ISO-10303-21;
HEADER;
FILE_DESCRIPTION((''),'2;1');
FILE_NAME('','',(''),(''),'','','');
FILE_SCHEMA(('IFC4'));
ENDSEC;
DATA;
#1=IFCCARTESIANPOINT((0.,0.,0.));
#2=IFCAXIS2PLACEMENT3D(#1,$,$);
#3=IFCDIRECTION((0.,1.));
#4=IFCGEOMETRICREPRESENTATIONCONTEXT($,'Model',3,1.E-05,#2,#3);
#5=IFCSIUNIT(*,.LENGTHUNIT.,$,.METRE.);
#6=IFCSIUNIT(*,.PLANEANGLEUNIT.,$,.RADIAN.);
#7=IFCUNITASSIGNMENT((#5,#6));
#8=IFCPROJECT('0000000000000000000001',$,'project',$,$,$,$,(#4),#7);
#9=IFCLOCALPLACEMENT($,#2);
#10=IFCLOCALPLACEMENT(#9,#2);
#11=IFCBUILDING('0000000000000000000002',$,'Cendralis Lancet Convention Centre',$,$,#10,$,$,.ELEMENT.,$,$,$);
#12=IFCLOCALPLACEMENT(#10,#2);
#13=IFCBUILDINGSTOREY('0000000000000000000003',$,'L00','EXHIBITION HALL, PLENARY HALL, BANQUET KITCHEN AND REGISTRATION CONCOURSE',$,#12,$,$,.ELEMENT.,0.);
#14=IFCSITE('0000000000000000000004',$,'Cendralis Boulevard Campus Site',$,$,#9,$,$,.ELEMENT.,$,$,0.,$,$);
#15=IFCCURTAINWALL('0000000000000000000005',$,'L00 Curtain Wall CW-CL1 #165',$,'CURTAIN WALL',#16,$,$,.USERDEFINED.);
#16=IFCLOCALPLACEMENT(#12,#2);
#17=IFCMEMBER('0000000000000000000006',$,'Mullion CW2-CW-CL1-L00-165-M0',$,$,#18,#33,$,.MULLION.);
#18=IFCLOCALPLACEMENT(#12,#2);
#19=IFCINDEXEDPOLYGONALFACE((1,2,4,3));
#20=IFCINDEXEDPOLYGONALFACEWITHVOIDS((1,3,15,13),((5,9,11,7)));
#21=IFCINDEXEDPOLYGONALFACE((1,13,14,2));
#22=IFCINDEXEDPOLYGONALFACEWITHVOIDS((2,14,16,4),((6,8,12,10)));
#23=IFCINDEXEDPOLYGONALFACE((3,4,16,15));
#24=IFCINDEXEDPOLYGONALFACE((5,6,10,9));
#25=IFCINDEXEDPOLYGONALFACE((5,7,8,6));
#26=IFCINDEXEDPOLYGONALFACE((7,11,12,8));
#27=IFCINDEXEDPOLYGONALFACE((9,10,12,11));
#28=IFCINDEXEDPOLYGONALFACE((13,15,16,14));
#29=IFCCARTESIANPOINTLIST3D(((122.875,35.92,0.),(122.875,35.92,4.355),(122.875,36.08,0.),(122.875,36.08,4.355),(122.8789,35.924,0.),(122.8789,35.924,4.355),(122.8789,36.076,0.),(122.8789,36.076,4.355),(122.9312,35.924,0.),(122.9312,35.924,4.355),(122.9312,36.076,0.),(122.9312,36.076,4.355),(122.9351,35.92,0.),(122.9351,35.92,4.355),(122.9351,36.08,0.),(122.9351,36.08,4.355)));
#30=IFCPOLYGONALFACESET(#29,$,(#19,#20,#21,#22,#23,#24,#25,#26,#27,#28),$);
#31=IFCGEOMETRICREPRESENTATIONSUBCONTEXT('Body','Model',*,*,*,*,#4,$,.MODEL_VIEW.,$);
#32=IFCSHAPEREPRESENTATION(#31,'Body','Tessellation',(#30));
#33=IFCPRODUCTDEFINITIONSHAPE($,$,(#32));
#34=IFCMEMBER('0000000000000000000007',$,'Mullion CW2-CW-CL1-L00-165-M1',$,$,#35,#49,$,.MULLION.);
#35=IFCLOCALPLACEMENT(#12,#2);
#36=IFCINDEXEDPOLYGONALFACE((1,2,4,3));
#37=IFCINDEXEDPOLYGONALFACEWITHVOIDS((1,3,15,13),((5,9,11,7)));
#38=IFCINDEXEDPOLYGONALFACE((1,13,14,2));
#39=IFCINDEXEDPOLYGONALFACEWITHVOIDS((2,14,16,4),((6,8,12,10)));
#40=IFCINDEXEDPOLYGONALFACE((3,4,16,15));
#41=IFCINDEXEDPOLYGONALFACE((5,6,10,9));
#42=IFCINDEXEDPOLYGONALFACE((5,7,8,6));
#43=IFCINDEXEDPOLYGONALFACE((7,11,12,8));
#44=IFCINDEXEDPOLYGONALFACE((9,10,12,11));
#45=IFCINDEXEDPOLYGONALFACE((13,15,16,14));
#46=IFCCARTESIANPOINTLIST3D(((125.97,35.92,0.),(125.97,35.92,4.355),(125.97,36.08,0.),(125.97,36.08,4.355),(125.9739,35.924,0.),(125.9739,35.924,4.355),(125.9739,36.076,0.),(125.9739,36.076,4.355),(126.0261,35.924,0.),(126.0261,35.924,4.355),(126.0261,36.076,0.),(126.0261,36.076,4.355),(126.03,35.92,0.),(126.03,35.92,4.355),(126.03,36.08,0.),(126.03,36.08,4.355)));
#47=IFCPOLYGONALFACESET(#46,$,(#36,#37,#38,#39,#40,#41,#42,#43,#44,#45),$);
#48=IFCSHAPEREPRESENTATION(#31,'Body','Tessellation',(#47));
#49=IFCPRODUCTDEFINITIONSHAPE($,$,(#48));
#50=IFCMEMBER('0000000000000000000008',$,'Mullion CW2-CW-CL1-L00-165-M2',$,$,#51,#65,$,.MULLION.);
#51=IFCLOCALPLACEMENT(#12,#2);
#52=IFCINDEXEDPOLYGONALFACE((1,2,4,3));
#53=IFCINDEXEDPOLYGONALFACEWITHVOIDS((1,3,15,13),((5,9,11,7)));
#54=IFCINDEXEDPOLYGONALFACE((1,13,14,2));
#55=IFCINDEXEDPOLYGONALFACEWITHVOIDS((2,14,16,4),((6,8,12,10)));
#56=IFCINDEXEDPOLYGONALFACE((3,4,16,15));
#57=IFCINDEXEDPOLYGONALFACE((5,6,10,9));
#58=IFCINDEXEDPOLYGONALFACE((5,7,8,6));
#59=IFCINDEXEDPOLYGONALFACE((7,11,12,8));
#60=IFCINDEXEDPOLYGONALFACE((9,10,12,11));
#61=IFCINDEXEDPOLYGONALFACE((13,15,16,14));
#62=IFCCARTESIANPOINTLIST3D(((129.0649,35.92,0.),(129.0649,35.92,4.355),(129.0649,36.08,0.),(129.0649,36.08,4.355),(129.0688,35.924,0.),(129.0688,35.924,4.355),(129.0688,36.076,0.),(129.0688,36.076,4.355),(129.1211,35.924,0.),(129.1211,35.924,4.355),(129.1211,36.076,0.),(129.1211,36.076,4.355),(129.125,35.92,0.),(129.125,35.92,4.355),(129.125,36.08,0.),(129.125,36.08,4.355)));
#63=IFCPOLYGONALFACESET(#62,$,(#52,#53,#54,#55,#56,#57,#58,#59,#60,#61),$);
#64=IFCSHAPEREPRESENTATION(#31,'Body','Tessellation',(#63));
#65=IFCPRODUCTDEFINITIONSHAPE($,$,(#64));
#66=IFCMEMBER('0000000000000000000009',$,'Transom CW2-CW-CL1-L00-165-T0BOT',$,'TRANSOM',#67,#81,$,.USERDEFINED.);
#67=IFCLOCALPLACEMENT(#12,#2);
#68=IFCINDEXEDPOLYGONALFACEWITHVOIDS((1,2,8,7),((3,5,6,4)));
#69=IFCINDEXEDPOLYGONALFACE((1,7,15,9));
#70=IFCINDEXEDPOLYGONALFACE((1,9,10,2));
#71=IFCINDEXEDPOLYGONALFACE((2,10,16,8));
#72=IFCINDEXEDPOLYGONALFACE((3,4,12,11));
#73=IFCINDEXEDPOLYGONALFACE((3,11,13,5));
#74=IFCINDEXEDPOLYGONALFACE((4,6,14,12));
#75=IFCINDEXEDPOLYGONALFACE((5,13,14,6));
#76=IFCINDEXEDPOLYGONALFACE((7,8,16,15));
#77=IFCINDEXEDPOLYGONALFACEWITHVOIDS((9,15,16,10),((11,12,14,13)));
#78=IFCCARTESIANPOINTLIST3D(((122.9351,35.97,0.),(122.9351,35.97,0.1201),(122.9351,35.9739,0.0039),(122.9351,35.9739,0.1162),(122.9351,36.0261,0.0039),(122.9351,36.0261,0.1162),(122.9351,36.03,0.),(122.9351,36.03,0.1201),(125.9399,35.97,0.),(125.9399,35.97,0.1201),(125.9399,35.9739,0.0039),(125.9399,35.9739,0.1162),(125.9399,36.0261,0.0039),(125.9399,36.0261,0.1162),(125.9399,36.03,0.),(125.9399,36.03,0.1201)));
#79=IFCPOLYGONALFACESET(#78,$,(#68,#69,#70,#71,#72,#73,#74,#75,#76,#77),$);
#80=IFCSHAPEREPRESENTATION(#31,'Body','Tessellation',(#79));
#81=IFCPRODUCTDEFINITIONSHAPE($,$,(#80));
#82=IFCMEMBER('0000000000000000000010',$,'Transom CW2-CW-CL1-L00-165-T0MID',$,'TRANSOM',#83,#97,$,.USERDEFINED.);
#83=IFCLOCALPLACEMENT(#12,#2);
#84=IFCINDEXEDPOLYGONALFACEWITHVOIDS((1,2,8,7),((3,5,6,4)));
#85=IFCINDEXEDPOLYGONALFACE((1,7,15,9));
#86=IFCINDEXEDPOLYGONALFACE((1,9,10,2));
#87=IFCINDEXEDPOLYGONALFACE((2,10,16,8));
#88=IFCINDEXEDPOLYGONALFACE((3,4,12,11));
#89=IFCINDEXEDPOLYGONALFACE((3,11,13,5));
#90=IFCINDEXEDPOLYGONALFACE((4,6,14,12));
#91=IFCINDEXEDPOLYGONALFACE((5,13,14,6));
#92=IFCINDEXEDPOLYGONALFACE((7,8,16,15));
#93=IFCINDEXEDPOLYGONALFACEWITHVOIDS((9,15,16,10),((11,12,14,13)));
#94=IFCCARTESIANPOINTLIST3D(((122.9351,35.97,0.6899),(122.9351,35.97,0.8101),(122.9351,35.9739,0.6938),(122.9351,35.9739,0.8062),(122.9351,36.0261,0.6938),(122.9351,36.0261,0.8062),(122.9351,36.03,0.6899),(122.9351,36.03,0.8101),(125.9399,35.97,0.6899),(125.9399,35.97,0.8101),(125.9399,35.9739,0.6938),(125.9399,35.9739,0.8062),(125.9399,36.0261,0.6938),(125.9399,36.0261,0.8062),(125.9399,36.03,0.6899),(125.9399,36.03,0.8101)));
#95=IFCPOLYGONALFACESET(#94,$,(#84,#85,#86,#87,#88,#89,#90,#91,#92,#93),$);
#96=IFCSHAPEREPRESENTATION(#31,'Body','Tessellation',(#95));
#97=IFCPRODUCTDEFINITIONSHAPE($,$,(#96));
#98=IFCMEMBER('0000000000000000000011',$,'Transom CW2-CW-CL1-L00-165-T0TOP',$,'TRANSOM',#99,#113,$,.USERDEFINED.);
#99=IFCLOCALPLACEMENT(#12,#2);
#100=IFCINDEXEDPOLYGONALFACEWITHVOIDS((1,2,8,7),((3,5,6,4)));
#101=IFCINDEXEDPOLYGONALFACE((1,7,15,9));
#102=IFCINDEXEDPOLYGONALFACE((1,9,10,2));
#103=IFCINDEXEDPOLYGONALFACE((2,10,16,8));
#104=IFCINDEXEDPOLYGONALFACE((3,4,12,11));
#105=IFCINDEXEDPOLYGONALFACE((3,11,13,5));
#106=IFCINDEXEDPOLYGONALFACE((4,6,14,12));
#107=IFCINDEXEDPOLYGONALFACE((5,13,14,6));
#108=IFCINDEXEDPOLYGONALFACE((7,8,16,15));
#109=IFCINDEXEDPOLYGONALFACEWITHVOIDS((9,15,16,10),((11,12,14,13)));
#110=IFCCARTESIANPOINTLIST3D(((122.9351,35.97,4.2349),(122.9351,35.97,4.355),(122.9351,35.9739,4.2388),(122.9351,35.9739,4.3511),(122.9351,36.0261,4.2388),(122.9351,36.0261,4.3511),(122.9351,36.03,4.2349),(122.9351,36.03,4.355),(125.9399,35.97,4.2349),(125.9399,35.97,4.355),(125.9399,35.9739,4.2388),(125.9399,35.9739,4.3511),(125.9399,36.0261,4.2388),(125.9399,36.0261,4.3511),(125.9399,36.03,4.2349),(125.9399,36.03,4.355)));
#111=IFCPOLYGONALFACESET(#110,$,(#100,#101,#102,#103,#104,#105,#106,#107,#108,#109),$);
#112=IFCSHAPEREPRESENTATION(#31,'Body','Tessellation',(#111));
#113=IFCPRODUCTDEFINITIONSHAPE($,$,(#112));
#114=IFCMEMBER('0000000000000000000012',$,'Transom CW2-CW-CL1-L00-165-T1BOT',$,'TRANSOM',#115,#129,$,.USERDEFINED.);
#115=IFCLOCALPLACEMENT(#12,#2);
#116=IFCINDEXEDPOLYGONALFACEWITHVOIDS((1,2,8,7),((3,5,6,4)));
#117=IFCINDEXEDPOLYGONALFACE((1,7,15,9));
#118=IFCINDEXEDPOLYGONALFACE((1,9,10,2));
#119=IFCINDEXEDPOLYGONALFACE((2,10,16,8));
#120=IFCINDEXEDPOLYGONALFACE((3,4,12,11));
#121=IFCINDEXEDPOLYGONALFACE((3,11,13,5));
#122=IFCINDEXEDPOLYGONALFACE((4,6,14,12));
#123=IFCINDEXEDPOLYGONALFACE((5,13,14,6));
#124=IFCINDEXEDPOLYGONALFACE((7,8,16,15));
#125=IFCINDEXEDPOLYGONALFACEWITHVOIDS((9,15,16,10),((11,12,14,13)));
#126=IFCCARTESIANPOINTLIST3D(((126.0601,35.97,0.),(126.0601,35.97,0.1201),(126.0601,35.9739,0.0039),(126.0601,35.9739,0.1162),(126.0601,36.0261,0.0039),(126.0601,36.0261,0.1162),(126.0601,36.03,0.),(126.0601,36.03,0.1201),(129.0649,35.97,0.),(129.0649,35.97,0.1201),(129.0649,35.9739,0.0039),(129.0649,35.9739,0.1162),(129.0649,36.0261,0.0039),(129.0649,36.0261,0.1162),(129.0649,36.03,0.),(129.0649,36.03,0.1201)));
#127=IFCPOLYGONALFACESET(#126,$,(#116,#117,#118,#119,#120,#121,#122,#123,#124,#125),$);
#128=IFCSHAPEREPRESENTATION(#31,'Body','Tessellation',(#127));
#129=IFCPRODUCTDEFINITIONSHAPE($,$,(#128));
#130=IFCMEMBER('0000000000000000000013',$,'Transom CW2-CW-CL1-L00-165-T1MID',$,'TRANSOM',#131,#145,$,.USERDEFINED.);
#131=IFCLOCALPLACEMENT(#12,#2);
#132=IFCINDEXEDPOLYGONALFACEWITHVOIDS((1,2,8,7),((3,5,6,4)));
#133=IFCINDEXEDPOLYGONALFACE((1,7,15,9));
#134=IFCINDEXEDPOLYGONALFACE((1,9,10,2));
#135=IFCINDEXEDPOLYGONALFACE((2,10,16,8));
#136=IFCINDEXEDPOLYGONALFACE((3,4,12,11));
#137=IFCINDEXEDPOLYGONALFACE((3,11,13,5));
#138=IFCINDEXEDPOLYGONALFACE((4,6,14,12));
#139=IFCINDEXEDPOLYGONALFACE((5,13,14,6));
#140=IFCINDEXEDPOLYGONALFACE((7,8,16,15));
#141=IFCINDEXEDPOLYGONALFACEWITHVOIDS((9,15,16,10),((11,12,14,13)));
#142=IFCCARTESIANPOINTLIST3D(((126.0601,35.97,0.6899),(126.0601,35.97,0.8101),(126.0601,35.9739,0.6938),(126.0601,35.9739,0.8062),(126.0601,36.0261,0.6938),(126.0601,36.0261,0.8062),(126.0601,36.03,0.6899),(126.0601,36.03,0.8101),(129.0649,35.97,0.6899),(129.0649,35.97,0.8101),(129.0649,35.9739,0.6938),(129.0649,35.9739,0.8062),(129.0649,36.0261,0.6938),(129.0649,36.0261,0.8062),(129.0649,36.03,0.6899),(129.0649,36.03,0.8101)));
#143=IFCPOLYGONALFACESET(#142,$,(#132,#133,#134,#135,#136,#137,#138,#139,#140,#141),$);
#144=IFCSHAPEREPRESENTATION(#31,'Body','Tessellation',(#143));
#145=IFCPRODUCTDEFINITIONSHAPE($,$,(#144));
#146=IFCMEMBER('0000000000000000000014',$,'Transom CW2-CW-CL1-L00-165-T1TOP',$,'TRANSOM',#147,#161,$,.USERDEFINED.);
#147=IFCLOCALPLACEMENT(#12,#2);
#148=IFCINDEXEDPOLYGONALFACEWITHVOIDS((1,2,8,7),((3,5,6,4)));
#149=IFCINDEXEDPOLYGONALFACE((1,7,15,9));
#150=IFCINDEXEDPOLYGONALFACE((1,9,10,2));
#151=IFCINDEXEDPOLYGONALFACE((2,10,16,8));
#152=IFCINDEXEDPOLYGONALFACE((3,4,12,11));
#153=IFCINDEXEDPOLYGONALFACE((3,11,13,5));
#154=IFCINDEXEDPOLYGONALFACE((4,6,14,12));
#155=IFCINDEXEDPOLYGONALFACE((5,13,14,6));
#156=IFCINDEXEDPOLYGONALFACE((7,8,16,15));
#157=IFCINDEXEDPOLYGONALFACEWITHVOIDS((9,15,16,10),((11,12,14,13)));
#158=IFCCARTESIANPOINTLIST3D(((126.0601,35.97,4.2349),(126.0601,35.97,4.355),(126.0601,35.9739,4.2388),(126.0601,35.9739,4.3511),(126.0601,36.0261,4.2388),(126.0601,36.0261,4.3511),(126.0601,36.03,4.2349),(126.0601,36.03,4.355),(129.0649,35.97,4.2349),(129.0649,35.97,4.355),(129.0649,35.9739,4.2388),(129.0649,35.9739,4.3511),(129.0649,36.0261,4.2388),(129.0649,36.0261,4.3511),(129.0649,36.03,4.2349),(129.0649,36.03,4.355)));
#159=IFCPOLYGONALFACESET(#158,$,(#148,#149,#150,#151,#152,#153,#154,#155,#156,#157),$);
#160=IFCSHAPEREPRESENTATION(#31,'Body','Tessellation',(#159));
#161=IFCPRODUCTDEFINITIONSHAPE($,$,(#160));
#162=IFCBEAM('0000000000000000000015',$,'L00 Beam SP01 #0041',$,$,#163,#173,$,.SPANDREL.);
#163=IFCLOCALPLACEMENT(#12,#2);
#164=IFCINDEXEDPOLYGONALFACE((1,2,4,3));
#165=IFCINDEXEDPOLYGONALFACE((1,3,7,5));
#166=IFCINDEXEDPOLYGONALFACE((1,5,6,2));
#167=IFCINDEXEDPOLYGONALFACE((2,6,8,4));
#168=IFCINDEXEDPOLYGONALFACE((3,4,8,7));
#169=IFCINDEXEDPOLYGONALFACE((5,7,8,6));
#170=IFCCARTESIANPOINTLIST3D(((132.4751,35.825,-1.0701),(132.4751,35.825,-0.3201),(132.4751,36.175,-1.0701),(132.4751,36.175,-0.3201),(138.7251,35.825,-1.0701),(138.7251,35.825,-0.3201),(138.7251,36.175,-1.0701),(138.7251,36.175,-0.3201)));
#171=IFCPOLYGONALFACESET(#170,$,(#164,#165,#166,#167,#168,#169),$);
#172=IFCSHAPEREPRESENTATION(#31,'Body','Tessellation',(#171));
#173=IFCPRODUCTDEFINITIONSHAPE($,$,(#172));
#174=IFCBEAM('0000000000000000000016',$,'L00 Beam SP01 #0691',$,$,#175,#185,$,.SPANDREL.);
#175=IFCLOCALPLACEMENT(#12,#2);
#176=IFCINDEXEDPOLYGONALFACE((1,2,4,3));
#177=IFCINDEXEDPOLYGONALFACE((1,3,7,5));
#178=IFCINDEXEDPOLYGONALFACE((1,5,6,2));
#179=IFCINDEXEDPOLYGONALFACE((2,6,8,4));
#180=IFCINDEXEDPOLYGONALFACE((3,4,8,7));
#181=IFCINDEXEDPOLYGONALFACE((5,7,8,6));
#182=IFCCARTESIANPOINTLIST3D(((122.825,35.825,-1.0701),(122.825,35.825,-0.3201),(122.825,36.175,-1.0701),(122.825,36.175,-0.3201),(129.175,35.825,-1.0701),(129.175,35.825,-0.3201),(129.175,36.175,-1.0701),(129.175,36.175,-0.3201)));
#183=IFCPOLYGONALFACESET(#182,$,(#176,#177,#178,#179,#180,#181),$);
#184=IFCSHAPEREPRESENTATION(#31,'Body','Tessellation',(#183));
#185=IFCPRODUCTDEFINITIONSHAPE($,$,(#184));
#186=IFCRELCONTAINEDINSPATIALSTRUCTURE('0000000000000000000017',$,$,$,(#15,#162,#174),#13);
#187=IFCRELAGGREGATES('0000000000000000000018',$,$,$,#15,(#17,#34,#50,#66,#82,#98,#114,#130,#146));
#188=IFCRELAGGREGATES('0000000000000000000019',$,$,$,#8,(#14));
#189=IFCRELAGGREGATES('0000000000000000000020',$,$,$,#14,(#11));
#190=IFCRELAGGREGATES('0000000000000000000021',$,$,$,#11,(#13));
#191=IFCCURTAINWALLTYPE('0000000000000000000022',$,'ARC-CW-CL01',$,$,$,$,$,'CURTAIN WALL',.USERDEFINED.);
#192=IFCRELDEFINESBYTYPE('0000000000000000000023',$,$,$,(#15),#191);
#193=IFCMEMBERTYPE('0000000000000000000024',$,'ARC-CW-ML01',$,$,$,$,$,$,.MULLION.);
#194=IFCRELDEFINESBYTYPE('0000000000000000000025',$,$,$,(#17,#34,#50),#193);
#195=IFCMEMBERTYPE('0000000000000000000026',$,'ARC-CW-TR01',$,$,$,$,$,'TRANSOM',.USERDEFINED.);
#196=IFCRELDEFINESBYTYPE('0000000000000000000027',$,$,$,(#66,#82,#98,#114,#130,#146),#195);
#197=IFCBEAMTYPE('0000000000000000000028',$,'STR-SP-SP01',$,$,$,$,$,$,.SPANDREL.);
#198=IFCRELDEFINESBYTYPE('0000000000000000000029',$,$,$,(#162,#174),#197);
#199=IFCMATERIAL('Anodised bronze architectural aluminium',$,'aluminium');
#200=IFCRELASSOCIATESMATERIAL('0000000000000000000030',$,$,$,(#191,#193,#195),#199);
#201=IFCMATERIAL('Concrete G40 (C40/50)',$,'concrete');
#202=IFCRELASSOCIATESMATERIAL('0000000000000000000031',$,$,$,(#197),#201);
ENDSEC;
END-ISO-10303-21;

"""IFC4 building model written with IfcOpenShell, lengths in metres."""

from ifc_helpers import new_model, si_unit, direction, frame, origin, origin_2d, place, context, subcontext, project, spatial, rectangle, hollow_rectangle, extrude, material, material_profile, profile_set, type_object, element, aggregate, save


model = new_model("IFC4")

# Units and contexts
model_context = context("Model", 3, precision=1e-05, world=origin(), true_north=direction((0.0, 1.0)))
body_context = subcontext(model_context, "Body", "Model", "MODEL_VIEW")
ifc_project = project(units=[si_unit("LENGTHUNIT", "METRE"), si_unit("PLANEANGLEUNIT", "RADIAN")], contexts=[model_context])

# Site, building, storey
site_placement = place(None, origin())
site = spatial("IfcSite", under=ifc_project, at=site_placement, Name="Cendralis Boulevard Campus Site", CompositionType="ELEMENT", RefElevation=0.0)
building_placement = place(site_placement, origin())
building = spatial("IfcBuilding", under=site, at=building_placement, Name="Cendralis Lancet Convention Centre", CompositionType="ELEMENT")
storey_placement = place(building_placement, origin())
storey = spatial("IfcBuildingStorey", under=building, at=storey_placement, Name="L00", Description="EXHIBITION HALL, PLENARY HALL, BANQUET KITCHEN AND REGISTRATION CONCOURSE", CompositionType="ELEMENT", Elevation=0.0)

# Shared definitions
ifc_material_1 = material(Name="Concrete G40 (C40/50)", Category="concrete")

# Curtain wall, members
ifc_material_2 = material(Name="Anodised bronze architectural aluminium", Category="aluminium")
curtain_wall_type = type_object("IfcCurtainWallType", Name="ARC-CW-CL01", ElementType="CURTAIN WALL", PredefinedType="USERDEFINED", material=ifc_material_2)
curtain_wall_placement = place(storey_placement, origin())
curtain_wall = element("IfcCurtainWall", 1, at=curtain_wall_placement, inside=storey, type_object=curtain_wall_type, Name="L00 Curtain Wall CW-CL1 #165", ObjectType="CURTAIN WALL", PredefinedType="USERDEFINED")
ifc_material_profile_1 = material_profile(ifc_material_2, hollow_rectangle(XDim=0.0601, YDim=0.1599, WallThickness=0.0039, at=origin_2d()), Name="AL-MULL 60x160x4.0")
ifc_profile_set_1 = profile_set([ifc_material_profile_1], Name="Anodised bronze architectural aluminium")
member_type_1 = type_object("IfcMemberType", Name="ARC-CW-ML01", PredefinedType="MULLION", material=ifc_profile_set_1)
member_1_placement = place(storey_placement, frame((122.905, 36.0, 0.0), z_axis=(0.0, 0.0, 1.0), x_axis=(1.0, 0.0, 0.0)))
member_1 = element("IfcMember", 2, at=member_1_placement, type_object=member_type_1, Name="Mullion CW2-CW-CL1-L00-165-M0", PredefinedType="MULLION", context=body_context, shape_type="SweptSolid", body=[
    extrude(hollow_rectangle(XDim=0.0601, YDim=0.1599, WallThickness=0.0039, at=origin_2d()), origin(), (0.0, 0.0, 1.0), 4.355),
])
member_2_placement = place(storey_placement, frame((126.0, 36.0, 0.0), z_axis=(0.0, 0.0, 1.0), x_axis=(1.0, 0.0, 0.0)))
member_2 = element("IfcMember", 3, at=member_2_placement, type_object=member_type_1, Name="Mullion CW2-CW-CL1-L00-165-M1", PredefinedType="MULLION", context=body_context, shape_type="SweptSolid", body=[
    extrude(hollow_rectangle(XDim=0.0601, YDim=0.1599, WallThickness=0.0039, at=origin_2d()), origin(), (0.0, 0.0, 1.0), 4.355),
])
member_3_placement = place(storey_placement, frame((129.095, 36.0, 0.0), z_axis=(0.0, 0.0, 1.0), x_axis=(1.0, 0.0, 0.0)))
member_3 = element("IfcMember", 4, at=member_3_placement, type_object=member_type_1, Name="Mullion CW2-CW-CL1-L00-165-M2", PredefinedType="MULLION", context=body_context, shape_type="SweptSolid", body=[
    extrude(hollow_rectangle(XDim=0.0601, YDim=0.1599, WallThickness=0.0039, at=origin_2d()), origin(), (0.0, 0.0, 1.0), 4.355),
])
ifc_material_profile_2 = material_profile(ifc_material_2, hollow_rectangle(XDim=0.0601, YDim=0.1201, WallThickness=0.0039, at=origin_2d()), Name="AL-TRAN 60x120x4.0")
ifc_profile_set_2 = profile_set([ifc_material_profile_2], Name="Anodised bronze architectural aluminium")
member_type_2 = type_object("IfcMemberType", Name="ARC-CW-TR01", ElementType="TRANSOM", PredefinedType="USERDEFINED", material=ifc_profile_set_2)
member_4_placement = place(storey_placement, frame((122.9351, 36.0, 0.0601), z_axis=(1.0, 0.0, 0.0), x_axis=(0.0, 1.0, 0.0)))
member_4 = element("IfcMember", 5, at=member_4_placement, type_object=member_type_2, Name="Transom CW2-CW-CL1-L00-165-T0BOT", ObjectType="TRANSOM", PredefinedType="USERDEFINED", context=body_context, shape_type="SweptSolid", body=[
    extrude(hollow_rectangle(XDim=0.0601, YDim=0.1201, WallThickness=0.0039, at=origin_2d()), origin(), (0.0, 0.0, 1.0), 3.0049),
])
member_5_placement = place(storey_placement, frame((122.9351, 36.0, 0.75), z_axis=(1.0, 0.0, 0.0), x_axis=(0.0, 1.0, 0.0)))
member_5 = element("IfcMember", 6, at=member_5_placement, type_object=member_type_2, Name="Transom CW2-CW-CL1-L00-165-T0MID", ObjectType="TRANSOM", PredefinedType="USERDEFINED", context=body_context, shape_type="SweptSolid", body=[
    extrude(hollow_rectangle(XDim=0.0601, YDim=0.1201, WallThickness=0.0039, at=origin_2d()), origin(), (0.0, 0.0, 1.0), 3.0049),
])
member_6_placement = place(storey_placement, frame((122.9351, 36.0, 4.2949), z_axis=(1.0, 0.0, 0.0), x_axis=(0.0, 1.0, 0.0)))
member_6 = element("IfcMember", 7, at=member_6_placement, type_object=member_type_2, Name="Transom CW2-CW-CL1-L00-165-T0TOP", ObjectType="TRANSOM", PredefinedType="USERDEFINED", context=body_context, shape_type="SweptSolid", body=[
    extrude(hollow_rectangle(XDim=0.0601, YDim=0.1201, WallThickness=0.0039, at=origin_2d()), origin(), (0.0, 0.0, 1.0), 3.0049),
])
member_7_placement = place(storey_placement, frame((126.0601, 36.0, 0.0601), z_axis=(1.0, 0.0, 0.0), x_axis=(0.0, 1.0, 0.0)))
member_7 = element("IfcMember", 8, at=member_7_placement, type_object=member_type_2, Name="Transom CW2-CW-CL1-L00-165-T1BOT", ObjectType="TRANSOM", PredefinedType="USERDEFINED", context=body_context, shape_type="SweptSolid", body=[
    extrude(hollow_rectangle(XDim=0.0601, YDim=0.1201, WallThickness=0.0039, at=origin_2d()), origin(), (0.0, 0.0, 1.0), 3.0049),
])
member_8_placement = place(storey_placement, frame((126.0601, 36.0, 0.75), z_axis=(1.0, 0.0, 0.0), x_axis=(0.0, 1.0, 0.0)))
member_8 = element("IfcMember", 9, at=member_8_placement, type_object=member_type_2, Name="Transom CW2-CW-CL1-L00-165-T1MID", ObjectType="TRANSOM", PredefinedType="USERDEFINED", context=body_context, shape_type="SweptSolid", body=[
    extrude(hollow_rectangle(XDim=0.0601, YDim=0.1201, WallThickness=0.0039, at=origin_2d()), origin(), (0.0, 0.0, 1.0), 3.0049),
])
member_9_placement = place(storey_placement, frame((126.0601, 36.0, 4.2949), z_axis=(1.0, 0.0, 0.0), x_axis=(0.0, 1.0, 0.0)))
member_9 = element("IfcMember", 10, at=member_9_placement, type_object=member_type_2, Name="Transom CW2-CW-CL1-L00-165-T1TOP", ObjectType="TRANSOM", PredefinedType="USERDEFINED", context=body_context, shape_type="SweptSolid", body=[
    extrude(hollow_rectangle(XDim=0.0601, YDim=0.1201, WallThickness=0.0039, at=origin_2d()), origin(), (0.0, 0.0, 1.0), 3.0049),
])

# Beams
ifc_material_profile_3 = material_profile(ifc_material_1, rectangle(XDim=0.3501, YDim=0.75, at=origin_2d()), Name="RCB 350x750")
ifc_profile_set_3 = profile_set([ifc_material_profile_3], Name="Concrete G40 (C40/50)")
beam_type = type_object("IfcBeamType", Name="STR-SP-SP01", PredefinedType="SPANDREL", material=ifc_profile_set_3)
beam_1_placement = place(storey_placement, frame((132.4751, 36.0, -0.6951), z_axis=(1.0, 0.0, 0.0), x_axis=(0.0, 1.0, 0.0)))
element("IfcBeam", 11, at=beam_1_placement, inside=storey, type_object=beam_type, Name="L00 Beam SP01 #0041", PredefinedType="SPANDREL", context=body_context, shape_type="SweptSolid", body=[
    extrude(rectangle(XDim=0.3501, YDim=0.75, at=origin_2d()), origin(), (0.0, 0.0, 1.0), 6.25),
])
beam_2_placement = place(storey_placement, frame((122.825, 36.0, -0.6951), z_axis=(1.0, 0.0, 0.0), x_axis=(0.0, 1.0, 0.0)))
element("IfcBeam", 12, at=beam_2_placement, inside=storey, type_object=beam_type, Name="L00 Beam SP01 #0691", PredefinedType="SPANDREL", context=body_context, shape_type="SweptSolid", body=[
    extrude(rectangle(XDim=0.3501, YDim=0.75, at=origin_2d()), origin(), (0.0, 0.0, 1.0), 6.3501),
])

aggregate(curtain_wall, [member_1, member_2, member_3, member_4, member_5, member_6, member_7, member_8, member_9])

save(model, "model.ifc")
